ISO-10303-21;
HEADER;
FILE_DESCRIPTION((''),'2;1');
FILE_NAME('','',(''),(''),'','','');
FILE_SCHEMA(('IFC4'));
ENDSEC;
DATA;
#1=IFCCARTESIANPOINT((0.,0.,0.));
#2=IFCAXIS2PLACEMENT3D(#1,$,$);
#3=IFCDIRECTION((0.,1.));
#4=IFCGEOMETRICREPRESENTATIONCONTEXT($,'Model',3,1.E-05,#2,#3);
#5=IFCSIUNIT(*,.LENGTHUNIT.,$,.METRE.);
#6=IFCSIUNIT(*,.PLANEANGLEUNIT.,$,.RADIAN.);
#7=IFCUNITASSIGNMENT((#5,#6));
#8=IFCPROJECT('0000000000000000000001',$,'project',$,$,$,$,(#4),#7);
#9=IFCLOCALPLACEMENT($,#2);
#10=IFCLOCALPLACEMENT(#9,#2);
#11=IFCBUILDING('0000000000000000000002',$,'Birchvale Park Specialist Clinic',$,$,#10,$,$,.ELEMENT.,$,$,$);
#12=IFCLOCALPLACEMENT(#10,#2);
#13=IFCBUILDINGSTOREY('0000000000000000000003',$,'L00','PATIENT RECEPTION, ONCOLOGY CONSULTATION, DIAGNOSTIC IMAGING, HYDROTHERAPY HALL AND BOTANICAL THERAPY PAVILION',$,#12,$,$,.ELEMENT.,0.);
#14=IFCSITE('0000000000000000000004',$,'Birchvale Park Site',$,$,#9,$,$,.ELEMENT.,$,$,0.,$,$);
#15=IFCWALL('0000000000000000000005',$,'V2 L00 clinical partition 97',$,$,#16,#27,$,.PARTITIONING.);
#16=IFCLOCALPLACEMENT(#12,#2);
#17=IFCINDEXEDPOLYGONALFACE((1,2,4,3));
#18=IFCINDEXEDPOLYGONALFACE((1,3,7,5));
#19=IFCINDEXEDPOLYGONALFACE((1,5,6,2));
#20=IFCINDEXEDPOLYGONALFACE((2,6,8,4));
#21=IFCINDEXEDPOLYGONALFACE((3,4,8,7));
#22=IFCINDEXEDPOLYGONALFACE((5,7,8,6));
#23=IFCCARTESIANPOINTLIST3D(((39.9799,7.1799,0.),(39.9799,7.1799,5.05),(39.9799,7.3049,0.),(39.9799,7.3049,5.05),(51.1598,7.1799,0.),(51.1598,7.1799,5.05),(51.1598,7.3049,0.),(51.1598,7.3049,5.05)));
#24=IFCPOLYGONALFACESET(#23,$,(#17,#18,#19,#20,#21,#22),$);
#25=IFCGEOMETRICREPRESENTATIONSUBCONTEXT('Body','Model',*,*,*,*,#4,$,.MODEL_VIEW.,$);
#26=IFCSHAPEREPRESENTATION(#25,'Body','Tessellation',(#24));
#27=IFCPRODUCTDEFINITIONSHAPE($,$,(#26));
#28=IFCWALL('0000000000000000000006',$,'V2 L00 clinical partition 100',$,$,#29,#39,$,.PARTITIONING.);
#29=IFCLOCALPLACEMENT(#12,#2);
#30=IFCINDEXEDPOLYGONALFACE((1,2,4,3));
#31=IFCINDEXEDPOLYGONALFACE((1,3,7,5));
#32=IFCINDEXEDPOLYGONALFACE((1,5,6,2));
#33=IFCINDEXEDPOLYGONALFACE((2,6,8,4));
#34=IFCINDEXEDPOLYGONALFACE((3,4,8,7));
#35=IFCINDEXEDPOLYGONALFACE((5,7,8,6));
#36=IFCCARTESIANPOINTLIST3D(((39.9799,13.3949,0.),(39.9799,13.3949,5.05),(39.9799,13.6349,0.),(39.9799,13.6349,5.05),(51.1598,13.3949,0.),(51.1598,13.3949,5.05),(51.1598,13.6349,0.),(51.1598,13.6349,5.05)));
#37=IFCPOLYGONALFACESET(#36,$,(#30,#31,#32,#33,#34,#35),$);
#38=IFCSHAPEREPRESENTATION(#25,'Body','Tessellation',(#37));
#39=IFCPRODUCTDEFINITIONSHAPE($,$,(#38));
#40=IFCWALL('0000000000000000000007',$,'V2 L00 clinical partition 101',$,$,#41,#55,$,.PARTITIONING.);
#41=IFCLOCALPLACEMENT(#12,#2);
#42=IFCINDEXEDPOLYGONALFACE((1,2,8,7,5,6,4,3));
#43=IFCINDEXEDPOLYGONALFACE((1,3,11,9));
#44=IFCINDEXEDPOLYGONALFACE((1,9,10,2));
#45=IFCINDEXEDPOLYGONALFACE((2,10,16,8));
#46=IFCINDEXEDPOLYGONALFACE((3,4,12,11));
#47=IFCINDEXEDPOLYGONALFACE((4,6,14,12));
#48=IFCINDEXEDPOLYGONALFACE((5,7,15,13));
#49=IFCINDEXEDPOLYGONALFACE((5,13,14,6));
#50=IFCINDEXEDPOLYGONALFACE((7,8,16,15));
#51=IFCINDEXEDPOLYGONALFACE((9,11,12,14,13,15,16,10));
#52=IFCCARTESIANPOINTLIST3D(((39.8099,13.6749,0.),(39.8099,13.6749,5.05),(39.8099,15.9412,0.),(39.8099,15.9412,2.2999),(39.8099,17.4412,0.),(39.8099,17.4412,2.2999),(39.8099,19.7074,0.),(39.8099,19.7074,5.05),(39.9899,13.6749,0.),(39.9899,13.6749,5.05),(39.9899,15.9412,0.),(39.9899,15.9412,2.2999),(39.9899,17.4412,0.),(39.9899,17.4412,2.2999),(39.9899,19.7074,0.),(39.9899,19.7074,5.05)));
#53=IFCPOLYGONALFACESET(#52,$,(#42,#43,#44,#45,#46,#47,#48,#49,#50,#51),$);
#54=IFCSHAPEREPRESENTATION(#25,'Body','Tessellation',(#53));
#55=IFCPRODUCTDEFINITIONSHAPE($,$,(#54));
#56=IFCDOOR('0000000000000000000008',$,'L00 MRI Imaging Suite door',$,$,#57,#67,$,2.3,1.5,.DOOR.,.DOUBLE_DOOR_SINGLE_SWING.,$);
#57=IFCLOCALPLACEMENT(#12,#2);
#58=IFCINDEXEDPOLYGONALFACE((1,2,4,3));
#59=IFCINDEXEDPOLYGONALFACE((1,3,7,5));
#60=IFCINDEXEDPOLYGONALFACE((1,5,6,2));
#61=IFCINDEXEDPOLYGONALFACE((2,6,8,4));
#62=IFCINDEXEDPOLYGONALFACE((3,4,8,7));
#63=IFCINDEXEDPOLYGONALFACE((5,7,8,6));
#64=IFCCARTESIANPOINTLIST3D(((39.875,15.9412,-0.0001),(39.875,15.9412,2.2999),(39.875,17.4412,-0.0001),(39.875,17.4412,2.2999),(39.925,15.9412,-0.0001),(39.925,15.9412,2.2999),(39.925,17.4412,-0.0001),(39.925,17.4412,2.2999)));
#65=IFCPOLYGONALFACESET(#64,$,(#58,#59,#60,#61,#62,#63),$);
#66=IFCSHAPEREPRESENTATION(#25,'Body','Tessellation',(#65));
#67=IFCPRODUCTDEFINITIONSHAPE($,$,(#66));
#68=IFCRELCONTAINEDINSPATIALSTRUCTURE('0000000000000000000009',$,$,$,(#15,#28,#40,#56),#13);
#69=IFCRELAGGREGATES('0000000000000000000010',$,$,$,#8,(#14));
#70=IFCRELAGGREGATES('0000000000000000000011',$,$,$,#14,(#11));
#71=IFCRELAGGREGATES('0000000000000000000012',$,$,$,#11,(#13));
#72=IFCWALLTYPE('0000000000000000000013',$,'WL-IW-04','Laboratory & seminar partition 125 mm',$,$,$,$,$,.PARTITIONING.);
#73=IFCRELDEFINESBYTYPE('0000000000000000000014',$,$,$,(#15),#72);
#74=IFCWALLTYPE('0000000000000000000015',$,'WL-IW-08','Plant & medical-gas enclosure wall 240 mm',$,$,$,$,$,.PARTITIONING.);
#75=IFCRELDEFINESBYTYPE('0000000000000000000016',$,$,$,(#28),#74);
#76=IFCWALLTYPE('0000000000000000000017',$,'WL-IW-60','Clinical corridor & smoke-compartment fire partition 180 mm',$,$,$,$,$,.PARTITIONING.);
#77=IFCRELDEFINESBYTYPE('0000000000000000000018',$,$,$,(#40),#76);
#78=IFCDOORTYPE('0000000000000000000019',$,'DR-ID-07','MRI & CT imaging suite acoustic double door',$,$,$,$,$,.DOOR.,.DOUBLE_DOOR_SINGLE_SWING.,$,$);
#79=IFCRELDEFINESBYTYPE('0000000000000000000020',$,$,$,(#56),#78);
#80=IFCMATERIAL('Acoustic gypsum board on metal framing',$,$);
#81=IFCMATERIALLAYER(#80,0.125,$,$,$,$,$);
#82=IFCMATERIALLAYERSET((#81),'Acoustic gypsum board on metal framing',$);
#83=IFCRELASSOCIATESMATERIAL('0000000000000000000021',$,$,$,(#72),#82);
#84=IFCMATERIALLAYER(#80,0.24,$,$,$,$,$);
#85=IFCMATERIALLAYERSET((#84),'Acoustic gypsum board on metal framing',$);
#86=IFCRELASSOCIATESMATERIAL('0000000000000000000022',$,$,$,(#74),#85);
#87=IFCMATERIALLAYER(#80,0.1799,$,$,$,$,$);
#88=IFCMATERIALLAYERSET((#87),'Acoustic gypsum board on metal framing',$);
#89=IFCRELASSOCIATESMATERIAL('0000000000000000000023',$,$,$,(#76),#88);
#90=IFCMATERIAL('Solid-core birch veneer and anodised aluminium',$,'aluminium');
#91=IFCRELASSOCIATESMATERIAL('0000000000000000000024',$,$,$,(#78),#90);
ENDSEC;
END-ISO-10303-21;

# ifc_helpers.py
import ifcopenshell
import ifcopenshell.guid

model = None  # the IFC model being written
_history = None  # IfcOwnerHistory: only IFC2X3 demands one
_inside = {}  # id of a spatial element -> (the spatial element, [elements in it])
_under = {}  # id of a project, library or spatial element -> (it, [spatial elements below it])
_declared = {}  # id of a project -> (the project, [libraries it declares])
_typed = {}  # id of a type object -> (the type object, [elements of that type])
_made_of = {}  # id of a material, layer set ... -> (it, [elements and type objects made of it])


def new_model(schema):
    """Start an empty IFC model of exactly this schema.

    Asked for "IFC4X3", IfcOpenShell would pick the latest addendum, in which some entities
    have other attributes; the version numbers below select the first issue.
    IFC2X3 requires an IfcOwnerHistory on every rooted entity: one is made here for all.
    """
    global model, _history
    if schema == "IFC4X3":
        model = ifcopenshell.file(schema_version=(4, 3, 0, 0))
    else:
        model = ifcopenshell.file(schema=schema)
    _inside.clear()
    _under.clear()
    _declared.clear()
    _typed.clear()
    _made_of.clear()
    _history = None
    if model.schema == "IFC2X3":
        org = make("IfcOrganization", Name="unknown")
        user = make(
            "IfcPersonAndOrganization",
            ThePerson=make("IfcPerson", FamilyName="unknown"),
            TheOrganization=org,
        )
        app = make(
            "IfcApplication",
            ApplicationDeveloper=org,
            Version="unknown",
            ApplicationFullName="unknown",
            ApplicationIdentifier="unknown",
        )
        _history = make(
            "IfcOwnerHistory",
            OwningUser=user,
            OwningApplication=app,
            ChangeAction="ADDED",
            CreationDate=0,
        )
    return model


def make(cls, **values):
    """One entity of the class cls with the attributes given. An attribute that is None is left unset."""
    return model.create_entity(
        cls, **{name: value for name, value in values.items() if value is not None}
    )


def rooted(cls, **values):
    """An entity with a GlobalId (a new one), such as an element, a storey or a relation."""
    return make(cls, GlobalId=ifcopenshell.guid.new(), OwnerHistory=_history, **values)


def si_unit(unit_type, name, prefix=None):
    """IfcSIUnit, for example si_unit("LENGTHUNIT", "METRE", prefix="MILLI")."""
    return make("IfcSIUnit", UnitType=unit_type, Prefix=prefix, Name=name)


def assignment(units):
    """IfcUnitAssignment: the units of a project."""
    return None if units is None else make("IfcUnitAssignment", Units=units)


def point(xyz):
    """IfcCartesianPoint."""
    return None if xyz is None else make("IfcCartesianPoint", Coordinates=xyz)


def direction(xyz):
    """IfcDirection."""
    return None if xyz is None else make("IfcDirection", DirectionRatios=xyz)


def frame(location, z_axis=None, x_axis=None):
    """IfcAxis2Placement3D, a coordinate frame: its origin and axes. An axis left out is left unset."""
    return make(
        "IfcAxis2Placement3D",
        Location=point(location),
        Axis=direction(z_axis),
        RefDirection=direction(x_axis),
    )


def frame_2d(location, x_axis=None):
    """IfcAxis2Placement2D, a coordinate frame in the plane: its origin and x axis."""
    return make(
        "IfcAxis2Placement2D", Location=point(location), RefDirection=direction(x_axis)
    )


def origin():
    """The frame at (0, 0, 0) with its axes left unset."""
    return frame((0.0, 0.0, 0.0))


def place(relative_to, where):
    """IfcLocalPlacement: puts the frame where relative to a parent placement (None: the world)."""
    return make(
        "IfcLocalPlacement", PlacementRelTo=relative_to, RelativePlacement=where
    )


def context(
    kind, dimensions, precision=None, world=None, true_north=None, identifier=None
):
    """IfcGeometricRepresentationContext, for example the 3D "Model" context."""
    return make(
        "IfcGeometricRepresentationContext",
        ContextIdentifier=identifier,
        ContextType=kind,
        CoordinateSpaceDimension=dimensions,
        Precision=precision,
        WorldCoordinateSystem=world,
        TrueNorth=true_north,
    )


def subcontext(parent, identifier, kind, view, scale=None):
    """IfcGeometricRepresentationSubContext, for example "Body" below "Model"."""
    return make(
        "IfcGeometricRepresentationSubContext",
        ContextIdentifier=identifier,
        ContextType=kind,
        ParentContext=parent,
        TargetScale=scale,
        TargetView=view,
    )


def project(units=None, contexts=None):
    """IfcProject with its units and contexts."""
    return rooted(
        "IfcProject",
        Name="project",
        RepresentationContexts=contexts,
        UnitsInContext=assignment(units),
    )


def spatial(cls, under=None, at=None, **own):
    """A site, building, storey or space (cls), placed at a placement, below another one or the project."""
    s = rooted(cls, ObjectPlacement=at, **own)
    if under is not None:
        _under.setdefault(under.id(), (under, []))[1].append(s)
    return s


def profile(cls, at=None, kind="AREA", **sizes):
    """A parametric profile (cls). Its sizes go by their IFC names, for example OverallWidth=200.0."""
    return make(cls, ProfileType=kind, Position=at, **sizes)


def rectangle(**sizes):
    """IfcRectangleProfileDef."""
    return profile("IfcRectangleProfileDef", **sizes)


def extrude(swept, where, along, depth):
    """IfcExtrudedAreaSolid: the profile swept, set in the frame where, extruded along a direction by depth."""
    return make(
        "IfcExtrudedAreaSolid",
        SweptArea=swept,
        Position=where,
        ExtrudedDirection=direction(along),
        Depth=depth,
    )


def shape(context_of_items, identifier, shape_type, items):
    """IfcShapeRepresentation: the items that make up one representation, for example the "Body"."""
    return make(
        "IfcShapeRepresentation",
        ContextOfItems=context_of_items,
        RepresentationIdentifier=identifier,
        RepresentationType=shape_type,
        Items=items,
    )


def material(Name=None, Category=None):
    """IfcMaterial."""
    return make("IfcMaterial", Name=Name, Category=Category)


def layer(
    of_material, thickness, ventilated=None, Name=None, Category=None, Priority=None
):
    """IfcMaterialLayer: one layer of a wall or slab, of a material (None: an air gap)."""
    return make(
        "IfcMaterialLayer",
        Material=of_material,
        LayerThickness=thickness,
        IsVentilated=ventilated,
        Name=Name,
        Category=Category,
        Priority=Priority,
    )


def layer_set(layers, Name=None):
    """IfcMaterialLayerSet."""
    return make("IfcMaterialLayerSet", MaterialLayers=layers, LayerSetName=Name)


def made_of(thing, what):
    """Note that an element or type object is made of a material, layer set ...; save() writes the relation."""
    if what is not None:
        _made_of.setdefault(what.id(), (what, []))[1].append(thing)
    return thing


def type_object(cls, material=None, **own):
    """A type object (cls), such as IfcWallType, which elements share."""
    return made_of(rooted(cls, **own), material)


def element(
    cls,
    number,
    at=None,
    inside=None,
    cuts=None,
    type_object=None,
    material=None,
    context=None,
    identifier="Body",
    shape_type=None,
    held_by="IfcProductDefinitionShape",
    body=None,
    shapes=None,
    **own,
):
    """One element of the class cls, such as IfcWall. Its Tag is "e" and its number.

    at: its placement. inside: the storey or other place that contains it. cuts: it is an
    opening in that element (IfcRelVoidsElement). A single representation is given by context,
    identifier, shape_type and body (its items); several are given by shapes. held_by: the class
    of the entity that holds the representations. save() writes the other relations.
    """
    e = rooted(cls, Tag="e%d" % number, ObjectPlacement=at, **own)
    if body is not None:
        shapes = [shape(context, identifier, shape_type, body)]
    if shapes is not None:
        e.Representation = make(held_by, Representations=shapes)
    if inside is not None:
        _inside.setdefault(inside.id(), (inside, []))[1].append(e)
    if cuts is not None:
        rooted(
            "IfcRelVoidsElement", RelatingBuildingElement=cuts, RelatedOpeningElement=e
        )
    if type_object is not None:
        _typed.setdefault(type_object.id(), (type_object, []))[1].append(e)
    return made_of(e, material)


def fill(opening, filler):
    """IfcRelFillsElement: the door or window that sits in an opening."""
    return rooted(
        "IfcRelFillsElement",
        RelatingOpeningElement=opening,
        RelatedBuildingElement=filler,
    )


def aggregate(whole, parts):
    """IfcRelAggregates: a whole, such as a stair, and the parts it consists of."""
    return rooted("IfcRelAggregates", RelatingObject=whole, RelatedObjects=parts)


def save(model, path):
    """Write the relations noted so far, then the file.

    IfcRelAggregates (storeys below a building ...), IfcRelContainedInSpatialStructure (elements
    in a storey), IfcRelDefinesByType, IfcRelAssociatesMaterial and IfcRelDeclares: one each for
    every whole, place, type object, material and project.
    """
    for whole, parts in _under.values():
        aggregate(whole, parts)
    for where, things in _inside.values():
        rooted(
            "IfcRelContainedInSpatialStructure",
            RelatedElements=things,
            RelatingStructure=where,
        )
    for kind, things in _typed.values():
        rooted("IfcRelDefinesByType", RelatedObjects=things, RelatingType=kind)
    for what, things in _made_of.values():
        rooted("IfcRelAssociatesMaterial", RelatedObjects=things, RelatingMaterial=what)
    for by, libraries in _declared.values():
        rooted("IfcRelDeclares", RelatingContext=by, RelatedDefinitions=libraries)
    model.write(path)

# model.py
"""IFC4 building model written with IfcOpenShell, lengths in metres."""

from ifc_helpers import new_model, si_unit, direction, frame, frame_2d, origin, place, context, subcontext, project, spatial, rectangle, extrude, material, layer, layer_set, type_object, element, fill, save


model = new_model("IFC4")

# Units and contexts
model_context = context("Model", 3, precision=1e-05, world=origin(), true_north=direction((0.0, 1.0)))
body_context = subcontext(model_context, "Body", "Model", "MODEL_VIEW")
ifc_project = project(units=[si_unit("LENGTHUNIT", "METRE"), si_unit("PLANEANGLEUNIT", "RADIAN")], contexts=[model_context])

# Site, building, storey
site_placement = place(None, origin())
site = spatial("IfcSite", under=ifc_project, at=site_placement, Name="Birchvale Park Site", CompositionType="ELEMENT", RefElevation=0.0)
building_placement = place(site_placement, origin())
building = spatial("IfcBuilding", under=site, at=building_placement, Name="Birchvale Park Specialist Clinic", CompositionType="ELEMENT")
storey_placement = place(building_placement, origin())
storey = spatial("IfcBuildingStorey", under=building, at=storey_placement, Name="L00", Description="PATIENT RECEPTION, ONCOLOGY CONSULTATION, DIAGNOSTIC IMAGING, HYDROTHERAPY HALL AND BOTANICAL THERAPY PAVILION", CompositionType="ELEMENT", Elevation=0.0)

# Walls
ifc_material_1 = material(Name="Acoustic gypsum board on metal framing")
ifc_layer_1 = layer(ifc_material_1, 0.125)
ifc_layer_set_1 = layer_set([ifc_layer_1], Name="Acoustic gypsum board on metal framing")
wall_type_1 = type_object("IfcWallType", Name="WL-IW-04", Description="Laboratory & seminar partition 125 mm", PredefinedType="PARTITIONING", material=ifc_layer_set_1)
wall_1_placement = place(storey_placement, frame((39.98, 7.2424, 0.0), z_axis=(0.0, 0.0, 1.0), x_axis=(1.0, 0.0, 0.0)))
element("IfcWall", 1, at=wall_1_placement, inside=storey, type_object=wall_type_1, Name="V2 L00 clinical partition 97", PredefinedType="PARTITIONING", context=body_context, shape_type="SweptSolid", body=[
    extrude(rectangle(XDim=11.1799, YDim=0.125, at=frame_2d((5.5898, 0.0))), origin(), (0.0, 0.0, 1.0), 5.05),
])
ifc_layer_2 = layer(ifc_material_1, 0.24)
ifc_layer_set_2 = layer_set([ifc_layer_2], Name="Acoustic gypsum board on metal framing")
wall_type_2 = type_object("IfcWallType", Name="WL-IW-08", Description="Plant & medical-gas enclosure wall 240 mm", PredefinedType="PARTITIONING", material=ifc_layer_set_2)
wall_2_placement = place(storey_placement, frame((39.98, 13.5149, 0.0), z_axis=(0.0, 0.0, 1.0), x_axis=(1.0, 0.0, 0.0)))
element("IfcWall", 2, at=wall_2_placement, inside=storey, type_object=wall_type_2, Name="V2 L00 clinical partition 100", PredefinedType="PARTITIONING", context=body_context, shape_type="SweptSolid", body=[
    extrude(rectangle(XDim=11.1799, YDim=0.24, at=frame_2d((5.5898, 0.0))), origin(), (0.0, 0.0, 1.0), 5.05),
])

# Wall, opening, door
ifc_layer_3 = layer(ifc_material_1, 0.1799)
ifc_layer_set_3 = layer_set([ifc_layer_3], Name="Acoustic gypsum board on metal framing")
wall_type_3 = type_object("IfcWallType", Name="WL-IW-60", Description="Clinical corridor & smoke-compartment fire partition 180 mm", PredefinedType="PARTITIONING", material=ifc_layer_set_3)
wall_3_placement = place(storey_placement, frame((39.8999, 13.675, 0.0), z_axis=(0.0, 0.0, 1.0), x_axis=(0.0, 1.0, 0.0)))
wall_3 = element("IfcWall", 3, at=wall_3_placement, inside=storey, type_object=wall_type_3, Name="V2 L00 clinical partition 101", PredefinedType="PARTITIONING", context=body_context, shape_type="SweptSolid", body=[
    extrude(rectangle(XDim=6.0325, YDim=0.1799, at=frame_2d((3.0161, 0.0))), origin(), (0.0, 0.0, 1.0), 5.05),
])
opening_1_placement = place(wall_3_placement, frame((2.2661, 0.0, 0.0)))
opening_1 = element("IfcOpeningElement", 4, at=opening_1_placement, cuts=wall_3, PredefinedType="OPENING", context=body_context, shape_type="SweptSolid", body=[
    extrude(rectangle(XDim=1.5, YDim=2.3, at=frame_2d((0.75, 1.1499))), frame((0.0, 0.1001, 0.0), z_axis=(0.0, -1.0, 0.0), x_axis=(1.0, 0.0, 0.0)), (0.0, 0.0, 1.0), 0.2),
])
ifc_material_2 = material(Name="Solid-core birch veneer and anodised aluminium", Category="aluminium")
door_type_1 = type_object("IfcDoorType", Name="DR-ID-07", Description="MRI & CT imaging suite acoustic double door", OperationType="DOUBLE_DOOR_SINGLE_SWING", PredefinedType="DOOR", material=ifc_material_2)
door_1_placement = place(opening_1_placement, origin())
door_1 = element("IfcDoor", 5, at=door_1_placement, inside=storey, type_object=door_type_1, Name="L00 MRI Imaging Suite door", OperationType="DOUBLE_DOOR_SINGLE_SWING", OverallHeight=2.3, OverallWidth=1.5, PredefinedType="DOOR", context=body_context, shape_type="SweptSolid", body=[
    extrude(rectangle(XDim=1.5, YDim=2.3, at=frame_2d((0.75, 1.1499))), frame((0.0, 0.0249, 0.0), z_axis=(0.0, -1.0, 0.0), x_axis=(1.0, 0.0, 0.0)), (0.0, 0.0, 1.0), 0.05),
])
fill(opening_1, door_1)

save(model, "model.ifc")
